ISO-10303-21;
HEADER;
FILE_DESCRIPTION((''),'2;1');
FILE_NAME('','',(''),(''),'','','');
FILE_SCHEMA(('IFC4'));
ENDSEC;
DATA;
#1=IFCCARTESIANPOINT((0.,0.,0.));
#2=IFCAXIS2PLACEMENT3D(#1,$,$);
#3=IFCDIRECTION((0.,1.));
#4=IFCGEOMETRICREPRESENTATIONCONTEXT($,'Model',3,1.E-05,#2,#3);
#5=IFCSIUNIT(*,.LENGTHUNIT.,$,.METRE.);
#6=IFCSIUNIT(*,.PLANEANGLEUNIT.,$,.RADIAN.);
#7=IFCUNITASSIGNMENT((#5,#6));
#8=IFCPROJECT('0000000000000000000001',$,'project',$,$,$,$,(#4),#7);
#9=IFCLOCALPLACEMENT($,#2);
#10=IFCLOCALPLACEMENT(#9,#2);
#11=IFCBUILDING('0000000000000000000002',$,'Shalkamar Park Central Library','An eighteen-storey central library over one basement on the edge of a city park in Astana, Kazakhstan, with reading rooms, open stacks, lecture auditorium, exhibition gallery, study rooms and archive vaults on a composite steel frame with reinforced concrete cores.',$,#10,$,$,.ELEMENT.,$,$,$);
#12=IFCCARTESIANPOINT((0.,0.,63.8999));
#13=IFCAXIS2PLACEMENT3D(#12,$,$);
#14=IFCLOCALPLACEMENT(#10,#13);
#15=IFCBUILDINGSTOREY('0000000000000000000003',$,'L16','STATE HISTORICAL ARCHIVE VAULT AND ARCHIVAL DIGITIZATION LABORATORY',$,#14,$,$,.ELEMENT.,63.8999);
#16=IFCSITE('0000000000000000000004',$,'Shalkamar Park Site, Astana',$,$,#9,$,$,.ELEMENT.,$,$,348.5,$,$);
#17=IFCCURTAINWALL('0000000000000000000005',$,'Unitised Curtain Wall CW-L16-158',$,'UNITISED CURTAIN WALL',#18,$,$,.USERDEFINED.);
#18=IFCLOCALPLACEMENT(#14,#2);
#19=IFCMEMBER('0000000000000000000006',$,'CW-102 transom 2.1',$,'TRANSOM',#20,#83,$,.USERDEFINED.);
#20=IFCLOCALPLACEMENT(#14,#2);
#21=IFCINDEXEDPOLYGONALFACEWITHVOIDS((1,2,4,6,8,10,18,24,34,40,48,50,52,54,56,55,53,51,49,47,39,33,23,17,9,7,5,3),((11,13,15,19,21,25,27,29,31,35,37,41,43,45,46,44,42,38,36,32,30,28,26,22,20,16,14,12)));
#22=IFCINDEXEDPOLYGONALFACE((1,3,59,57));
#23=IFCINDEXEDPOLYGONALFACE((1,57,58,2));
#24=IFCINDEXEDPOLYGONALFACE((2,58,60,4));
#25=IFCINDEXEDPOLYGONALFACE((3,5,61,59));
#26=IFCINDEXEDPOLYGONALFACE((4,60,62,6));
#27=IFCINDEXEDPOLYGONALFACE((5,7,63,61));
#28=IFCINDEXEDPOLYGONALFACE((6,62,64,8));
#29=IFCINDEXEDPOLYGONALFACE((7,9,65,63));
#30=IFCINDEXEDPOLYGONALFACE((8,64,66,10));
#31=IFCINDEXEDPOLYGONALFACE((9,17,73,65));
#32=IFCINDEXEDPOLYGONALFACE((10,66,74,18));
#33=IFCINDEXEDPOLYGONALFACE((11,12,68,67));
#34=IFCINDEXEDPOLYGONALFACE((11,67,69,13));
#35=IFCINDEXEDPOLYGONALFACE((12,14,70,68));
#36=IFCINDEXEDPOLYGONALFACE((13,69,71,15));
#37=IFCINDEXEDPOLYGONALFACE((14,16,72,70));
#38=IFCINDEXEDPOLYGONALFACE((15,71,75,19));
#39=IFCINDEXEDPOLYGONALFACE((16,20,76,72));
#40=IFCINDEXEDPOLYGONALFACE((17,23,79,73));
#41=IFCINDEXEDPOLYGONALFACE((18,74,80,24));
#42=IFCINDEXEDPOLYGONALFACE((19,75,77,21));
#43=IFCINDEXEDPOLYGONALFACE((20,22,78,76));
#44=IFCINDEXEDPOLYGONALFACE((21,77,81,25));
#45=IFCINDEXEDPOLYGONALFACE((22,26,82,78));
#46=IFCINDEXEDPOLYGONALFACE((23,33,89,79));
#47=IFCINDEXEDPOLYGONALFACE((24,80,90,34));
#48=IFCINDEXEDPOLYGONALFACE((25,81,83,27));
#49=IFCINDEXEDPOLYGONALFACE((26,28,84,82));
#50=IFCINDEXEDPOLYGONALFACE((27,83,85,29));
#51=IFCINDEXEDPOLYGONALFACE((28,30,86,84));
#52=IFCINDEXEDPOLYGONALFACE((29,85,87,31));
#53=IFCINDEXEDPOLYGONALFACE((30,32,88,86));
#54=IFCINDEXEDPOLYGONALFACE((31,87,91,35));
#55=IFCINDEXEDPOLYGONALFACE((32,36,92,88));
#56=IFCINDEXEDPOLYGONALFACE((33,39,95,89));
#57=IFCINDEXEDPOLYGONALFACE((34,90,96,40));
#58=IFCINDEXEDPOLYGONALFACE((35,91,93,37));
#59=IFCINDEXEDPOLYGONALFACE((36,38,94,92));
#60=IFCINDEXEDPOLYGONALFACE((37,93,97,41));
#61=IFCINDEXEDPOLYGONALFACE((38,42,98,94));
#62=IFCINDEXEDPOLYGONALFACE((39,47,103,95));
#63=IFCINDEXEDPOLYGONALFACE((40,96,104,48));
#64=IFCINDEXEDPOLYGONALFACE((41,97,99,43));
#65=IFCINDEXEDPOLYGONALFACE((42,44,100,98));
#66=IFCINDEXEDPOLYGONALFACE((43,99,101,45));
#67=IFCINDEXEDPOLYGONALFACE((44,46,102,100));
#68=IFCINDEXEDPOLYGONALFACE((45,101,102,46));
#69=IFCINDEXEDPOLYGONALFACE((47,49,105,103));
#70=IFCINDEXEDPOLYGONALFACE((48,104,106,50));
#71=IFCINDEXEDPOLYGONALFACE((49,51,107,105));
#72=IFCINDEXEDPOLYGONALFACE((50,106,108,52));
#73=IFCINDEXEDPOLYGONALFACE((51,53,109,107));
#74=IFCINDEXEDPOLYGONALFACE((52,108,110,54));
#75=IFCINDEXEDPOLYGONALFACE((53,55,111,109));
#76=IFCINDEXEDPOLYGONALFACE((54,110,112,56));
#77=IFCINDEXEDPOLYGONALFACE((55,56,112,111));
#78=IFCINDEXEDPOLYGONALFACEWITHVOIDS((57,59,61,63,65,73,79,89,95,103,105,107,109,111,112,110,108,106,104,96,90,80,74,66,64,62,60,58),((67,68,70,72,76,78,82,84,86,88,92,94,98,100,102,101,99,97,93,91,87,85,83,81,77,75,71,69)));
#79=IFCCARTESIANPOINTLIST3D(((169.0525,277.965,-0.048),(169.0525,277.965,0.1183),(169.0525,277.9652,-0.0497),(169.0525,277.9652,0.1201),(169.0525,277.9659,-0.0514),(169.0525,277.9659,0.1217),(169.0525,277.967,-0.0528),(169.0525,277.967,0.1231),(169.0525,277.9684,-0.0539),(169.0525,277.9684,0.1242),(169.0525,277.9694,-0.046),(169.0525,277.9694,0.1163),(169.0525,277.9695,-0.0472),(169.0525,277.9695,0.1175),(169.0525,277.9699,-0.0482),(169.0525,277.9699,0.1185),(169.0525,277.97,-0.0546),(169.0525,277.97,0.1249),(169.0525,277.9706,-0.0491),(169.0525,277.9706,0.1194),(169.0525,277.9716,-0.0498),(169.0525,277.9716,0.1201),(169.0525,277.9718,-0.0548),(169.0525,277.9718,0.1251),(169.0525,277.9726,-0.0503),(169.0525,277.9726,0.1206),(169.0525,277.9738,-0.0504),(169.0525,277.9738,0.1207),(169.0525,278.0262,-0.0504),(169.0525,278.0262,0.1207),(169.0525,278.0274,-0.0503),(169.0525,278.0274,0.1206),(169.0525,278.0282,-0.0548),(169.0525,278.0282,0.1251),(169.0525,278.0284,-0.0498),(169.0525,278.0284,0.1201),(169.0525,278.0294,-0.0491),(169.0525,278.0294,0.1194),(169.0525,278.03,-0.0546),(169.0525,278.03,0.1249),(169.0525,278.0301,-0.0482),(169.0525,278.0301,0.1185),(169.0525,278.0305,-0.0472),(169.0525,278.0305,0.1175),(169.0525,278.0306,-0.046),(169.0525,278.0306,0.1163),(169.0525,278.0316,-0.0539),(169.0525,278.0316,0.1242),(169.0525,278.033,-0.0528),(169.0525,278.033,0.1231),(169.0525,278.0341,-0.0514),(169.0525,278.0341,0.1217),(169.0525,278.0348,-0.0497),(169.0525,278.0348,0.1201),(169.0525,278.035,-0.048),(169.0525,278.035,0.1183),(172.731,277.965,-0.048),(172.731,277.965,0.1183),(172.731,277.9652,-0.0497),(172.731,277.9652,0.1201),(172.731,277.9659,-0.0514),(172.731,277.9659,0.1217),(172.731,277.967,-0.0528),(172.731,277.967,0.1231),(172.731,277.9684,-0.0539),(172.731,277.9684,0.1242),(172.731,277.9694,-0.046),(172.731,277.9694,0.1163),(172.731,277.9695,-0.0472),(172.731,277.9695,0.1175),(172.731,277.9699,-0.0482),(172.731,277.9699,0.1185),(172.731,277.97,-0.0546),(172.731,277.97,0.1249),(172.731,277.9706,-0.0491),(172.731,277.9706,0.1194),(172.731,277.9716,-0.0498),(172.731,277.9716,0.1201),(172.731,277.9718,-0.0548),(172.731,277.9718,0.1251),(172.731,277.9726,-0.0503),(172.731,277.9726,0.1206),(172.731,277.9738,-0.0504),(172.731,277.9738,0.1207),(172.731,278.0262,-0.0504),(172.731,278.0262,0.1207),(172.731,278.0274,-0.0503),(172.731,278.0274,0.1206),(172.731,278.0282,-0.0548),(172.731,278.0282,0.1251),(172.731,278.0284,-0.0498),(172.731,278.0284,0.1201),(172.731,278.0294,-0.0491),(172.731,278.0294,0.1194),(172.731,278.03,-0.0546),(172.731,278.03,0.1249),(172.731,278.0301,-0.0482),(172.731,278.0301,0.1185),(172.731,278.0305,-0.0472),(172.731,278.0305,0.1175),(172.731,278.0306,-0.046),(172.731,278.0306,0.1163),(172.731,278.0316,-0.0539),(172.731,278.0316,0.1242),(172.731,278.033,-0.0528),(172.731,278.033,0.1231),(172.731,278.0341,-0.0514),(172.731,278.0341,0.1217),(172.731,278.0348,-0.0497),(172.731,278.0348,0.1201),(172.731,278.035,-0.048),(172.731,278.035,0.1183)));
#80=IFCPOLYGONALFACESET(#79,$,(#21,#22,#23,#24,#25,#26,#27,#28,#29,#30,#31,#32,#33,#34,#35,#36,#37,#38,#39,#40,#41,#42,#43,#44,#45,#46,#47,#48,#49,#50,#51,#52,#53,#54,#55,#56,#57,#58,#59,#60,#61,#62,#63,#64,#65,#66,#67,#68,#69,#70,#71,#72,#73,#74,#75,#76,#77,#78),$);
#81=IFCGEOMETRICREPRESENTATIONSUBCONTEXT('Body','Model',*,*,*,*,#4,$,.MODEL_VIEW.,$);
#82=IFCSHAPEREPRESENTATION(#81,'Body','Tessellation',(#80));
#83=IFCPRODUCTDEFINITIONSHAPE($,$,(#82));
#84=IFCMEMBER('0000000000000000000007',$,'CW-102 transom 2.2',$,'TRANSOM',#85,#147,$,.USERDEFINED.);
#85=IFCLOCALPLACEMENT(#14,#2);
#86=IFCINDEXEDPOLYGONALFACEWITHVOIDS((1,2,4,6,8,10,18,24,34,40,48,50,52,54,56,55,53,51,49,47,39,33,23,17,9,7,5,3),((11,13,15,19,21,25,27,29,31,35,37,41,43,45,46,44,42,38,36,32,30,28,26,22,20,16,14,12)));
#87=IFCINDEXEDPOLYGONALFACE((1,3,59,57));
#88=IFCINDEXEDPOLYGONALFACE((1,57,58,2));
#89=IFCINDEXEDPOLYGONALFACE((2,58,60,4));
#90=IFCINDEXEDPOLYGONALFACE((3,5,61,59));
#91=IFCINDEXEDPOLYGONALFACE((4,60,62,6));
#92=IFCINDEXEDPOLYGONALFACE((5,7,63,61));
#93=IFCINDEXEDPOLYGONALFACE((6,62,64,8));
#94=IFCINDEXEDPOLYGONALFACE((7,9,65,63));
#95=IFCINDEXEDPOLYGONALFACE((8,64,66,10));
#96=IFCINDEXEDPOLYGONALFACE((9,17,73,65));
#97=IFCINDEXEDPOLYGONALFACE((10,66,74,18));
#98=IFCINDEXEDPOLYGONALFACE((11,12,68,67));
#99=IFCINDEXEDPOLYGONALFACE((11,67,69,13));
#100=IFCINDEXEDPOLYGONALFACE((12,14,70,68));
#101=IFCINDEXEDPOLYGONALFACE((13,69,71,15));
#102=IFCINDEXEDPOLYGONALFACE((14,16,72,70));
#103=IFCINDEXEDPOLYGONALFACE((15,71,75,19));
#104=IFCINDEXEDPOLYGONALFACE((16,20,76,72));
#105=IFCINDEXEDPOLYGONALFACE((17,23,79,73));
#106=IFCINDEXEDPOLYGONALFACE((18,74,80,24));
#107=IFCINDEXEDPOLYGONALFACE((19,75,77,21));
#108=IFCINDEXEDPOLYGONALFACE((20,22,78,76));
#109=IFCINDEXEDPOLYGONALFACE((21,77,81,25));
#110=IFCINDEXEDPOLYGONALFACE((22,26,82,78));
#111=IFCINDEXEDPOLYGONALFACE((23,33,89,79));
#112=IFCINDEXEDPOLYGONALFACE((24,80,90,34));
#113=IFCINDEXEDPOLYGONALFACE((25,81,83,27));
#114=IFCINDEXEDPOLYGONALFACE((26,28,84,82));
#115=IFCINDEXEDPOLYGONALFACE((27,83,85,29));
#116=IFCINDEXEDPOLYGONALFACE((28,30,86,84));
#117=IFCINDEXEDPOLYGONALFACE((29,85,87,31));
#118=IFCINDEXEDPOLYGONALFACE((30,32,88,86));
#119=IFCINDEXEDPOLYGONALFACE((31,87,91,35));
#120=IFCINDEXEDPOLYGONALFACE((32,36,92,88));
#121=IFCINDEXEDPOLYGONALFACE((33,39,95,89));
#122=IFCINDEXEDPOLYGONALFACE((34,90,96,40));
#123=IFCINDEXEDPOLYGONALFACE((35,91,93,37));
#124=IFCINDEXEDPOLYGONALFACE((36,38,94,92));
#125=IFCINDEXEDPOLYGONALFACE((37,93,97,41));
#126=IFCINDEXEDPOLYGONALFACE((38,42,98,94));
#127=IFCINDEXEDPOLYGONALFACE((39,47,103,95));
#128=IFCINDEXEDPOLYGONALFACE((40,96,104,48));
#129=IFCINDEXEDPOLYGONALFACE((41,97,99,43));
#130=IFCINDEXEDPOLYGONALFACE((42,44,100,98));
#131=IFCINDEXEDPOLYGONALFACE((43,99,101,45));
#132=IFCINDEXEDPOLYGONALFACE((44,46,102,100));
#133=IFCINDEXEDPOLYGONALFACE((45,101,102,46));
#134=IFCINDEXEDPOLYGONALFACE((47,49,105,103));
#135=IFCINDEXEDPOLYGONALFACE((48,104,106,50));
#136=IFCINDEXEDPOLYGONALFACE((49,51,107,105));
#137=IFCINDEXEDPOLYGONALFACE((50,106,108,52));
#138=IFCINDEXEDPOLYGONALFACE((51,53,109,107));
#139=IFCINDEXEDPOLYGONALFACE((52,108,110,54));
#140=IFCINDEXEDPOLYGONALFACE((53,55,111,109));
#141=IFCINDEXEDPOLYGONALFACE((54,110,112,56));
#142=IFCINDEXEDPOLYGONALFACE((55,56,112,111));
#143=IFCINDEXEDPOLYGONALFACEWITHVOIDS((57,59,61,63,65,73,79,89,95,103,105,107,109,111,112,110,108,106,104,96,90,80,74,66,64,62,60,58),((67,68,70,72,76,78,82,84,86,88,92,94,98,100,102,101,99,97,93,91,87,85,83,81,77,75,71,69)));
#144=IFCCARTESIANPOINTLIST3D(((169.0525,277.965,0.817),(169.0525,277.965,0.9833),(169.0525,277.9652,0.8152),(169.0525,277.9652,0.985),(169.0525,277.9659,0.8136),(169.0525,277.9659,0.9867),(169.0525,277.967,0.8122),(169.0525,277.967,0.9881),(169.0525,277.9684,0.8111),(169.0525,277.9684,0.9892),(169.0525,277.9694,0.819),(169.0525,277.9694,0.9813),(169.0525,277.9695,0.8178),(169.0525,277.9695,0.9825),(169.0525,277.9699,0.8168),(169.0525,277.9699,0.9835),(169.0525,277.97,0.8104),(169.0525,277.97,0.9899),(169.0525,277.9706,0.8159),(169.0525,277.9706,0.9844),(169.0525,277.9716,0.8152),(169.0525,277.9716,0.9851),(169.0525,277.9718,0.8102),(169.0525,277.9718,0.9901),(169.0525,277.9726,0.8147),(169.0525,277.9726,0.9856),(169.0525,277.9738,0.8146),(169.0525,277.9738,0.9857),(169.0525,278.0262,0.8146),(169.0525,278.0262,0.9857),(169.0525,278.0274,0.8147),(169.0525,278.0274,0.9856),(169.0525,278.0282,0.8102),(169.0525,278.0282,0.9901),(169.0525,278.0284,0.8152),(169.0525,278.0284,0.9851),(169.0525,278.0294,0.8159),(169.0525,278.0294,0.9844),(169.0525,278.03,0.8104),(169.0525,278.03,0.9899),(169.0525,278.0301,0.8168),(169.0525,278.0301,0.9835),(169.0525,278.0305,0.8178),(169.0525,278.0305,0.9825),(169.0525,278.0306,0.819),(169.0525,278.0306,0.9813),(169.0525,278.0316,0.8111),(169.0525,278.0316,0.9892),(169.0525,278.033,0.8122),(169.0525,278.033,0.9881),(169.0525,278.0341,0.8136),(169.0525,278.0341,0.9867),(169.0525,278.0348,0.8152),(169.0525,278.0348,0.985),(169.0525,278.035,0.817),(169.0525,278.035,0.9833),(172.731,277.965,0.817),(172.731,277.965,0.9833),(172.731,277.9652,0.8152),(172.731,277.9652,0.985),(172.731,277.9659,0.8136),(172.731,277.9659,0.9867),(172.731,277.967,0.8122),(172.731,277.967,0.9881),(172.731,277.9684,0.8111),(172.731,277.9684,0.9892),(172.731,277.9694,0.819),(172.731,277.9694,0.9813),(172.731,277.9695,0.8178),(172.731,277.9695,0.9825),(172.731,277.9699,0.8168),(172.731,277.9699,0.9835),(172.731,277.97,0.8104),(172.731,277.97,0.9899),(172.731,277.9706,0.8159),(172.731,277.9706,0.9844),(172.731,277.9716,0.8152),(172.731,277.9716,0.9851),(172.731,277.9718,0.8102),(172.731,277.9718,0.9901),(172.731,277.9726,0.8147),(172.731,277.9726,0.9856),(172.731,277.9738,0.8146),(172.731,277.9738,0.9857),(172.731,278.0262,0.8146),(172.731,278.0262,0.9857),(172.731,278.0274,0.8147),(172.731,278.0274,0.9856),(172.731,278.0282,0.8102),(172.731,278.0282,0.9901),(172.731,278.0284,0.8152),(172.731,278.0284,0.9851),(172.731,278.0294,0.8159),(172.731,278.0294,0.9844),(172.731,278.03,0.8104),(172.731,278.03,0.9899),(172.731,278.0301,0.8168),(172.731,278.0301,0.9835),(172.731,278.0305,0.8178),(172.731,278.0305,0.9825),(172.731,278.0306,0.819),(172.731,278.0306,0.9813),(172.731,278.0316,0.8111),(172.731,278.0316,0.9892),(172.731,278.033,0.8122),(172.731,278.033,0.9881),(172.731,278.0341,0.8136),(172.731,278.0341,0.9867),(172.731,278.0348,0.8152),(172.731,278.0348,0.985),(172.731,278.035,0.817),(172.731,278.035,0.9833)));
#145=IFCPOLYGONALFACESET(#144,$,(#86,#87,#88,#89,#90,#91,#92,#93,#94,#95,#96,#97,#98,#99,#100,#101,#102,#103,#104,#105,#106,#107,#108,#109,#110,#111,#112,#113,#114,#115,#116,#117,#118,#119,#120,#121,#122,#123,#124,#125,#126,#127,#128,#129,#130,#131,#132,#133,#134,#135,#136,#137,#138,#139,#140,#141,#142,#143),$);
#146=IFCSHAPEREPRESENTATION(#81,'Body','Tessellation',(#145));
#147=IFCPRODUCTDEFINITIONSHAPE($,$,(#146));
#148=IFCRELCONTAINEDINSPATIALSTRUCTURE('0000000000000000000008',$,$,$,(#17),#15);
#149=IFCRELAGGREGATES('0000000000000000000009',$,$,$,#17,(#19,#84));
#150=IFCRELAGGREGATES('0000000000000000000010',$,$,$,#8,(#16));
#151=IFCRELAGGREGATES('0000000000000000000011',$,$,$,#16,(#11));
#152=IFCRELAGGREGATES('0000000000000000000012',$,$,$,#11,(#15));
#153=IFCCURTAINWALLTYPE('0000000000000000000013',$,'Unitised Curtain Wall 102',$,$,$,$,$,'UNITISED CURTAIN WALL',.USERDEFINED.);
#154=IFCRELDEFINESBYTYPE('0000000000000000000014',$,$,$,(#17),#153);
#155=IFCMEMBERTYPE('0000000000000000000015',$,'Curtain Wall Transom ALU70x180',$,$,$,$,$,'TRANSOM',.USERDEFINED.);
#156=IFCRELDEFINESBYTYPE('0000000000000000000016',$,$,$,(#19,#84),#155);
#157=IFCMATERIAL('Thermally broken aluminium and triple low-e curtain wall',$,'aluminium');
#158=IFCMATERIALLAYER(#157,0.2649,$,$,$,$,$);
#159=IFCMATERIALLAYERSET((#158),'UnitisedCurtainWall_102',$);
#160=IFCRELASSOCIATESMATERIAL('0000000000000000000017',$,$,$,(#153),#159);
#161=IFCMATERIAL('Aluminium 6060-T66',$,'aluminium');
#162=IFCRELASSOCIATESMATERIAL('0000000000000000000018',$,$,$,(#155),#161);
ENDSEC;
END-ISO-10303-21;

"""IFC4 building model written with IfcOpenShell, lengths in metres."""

from ifc_helpers import new_model, si_unit, direction, frame, origin, origin_2d, place, context, subcontext, project, spatial, hollow_rectangle, extrude, material, layer, layer_set, material_profile, profile_set, type_object, element, aggregate, save


model = new_model("IFC4")

# Units and contexts
model_context = context("Model", 3, precision=1e-05, world=origin(), true_north=direction((0.0, 1.0)))
body_context = subcontext(model_context, "Body", "Model", "MODEL_VIEW")
ifc_project = project(units=[si_unit("LENGTHUNIT", "METRE"), si_unit("PLANEANGLEUNIT", "RADIAN")], contexts=[model_context])

# Site, building, storey
site_placement = place(None, origin())
site = spatial("IfcSite", under=ifc_project, at=site_placement, Name="Shalkamar Park Site, Astana", CompositionType="ELEMENT", RefElevation=348.5)
building_placement = place(site_placement, origin())
building = spatial("IfcBuilding", under=site, at=building_placement, Name="Shalkamar Park Central Library", Description="An eighteen-storey central library over one basement on the edge of a city park in Astana, Kazakhstan, with reading rooms, open stacks, lecture auditorium, exhibition gallery, study rooms and archive vaults on a composite steel frame with reinforced concrete cores.", CompositionType="ELEMENT")
storey_placement = place(building_placement, frame((0.0, 0.0, 63.8999)))
storey = spatial("IfcBuildingStorey", under=building, at=storey_placement, Name="L16", Description="STATE HISTORICAL ARCHIVE VAULT AND ARCHIVAL DIGITIZATION LABORATORY", CompositionType="ELEMENT", Elevation=63.8999)

# Curtain wall
ifc_material_1 = material(Name="Thermally broken aluminium and triple low-e curtain wall", Category="aluminium")
ifc_layer_1 = layer(ifc_material_1, 0.2649)
ifc_layer_set_1 = layer_set([ifc_layer_1], Name="UnitisedCurtainWall_102")
curtain_wall_type_1 = type_object("IfcCurtainWallType", Name="Unitised Curtain Wall 102", ElementType="UNITISED CURTAIN WALL", PredefinedType="USERDEFINED", material=ifc_layer_set_1)
curtain_wall_1_placement = place(storey_placement, origin())
curtain_wall_1 = element("IfcCurtainWall", 1, at=curtain_wall_1_placement, inside=storey, type_object=curtain_wall_type_1, Name="Unitised Curtain Wall CW-L16-158", ObjectType="UNITISED CURTAIN WALL", PredefinedType="USERDEFINED")
ifc_material_2 = material(Name="Aluminium 6060-T66", Category="aluminium")

# Members
ifc_material_profile_1 = material_profile(ifc_material_2, hollow_rectangle(XDim=0.0701, YDim=0.1799, WallThickness=0.0044, InnerFilletRadius=0.0044, OuterFilletRadius=0.0068, at=origin_2d()), Name="ALU 70x180x4.5")
ifc_profile_set_1 = profile_set([ifc_material_profile_1], Name="Aluminium 6060-T66")
member_type_1 = type_object("IfcMemberType", Name="Curtain Wall Transom ALU70x180", ElementType="TRANSOM", PredefinedType="USERDEFINED", material=ifc_profile_set_1)
member_1_placement = place(storey_placement, frame((169.0525, 278.0, 0.0352), z_axis=(1.0, 0.0, 0.0), x_axis=(0.0, 1.0, 0.0)))
member_1 = element("IfcMember", 2, at=member_1_placement, type_object=member_type_1, Name="CW-102 transom 2.1", ObjectType="TRANSOM", PredefinedType="USERDEFINED", context=body_context, shape_type="SweptSolid", body=[
    extrude(hollow_rectangle(XDim=0.0701, YDim=0.1799, WallThickness=0.0044, InnerFilletRadius=0.0044, OuterFilletRadius=0.0068, at=origin_2d()), origin(), (0.0, 0.0, 1.0), 3.6785),
])
member_2_placement = place(storey_placement, frame((169.0525, 278.0, 0.9001), z_axis=(1.0, 0.0, 0.0), x_axis=(0.0, 1.0, 0.0)))
member_2 = element("IfcMember", 3, at=member_2_placement, type_object=member_type_1, Name="CW-102 transom 2.2", ObjectType="TRANSOM", PredefinedType="USERDEFINED", context=body_context, shape_type="SweptSolid", body=[
    extrude(hollow_rectangle(XDim=0.0701, YDim=0.1799, WallThickness=0.0044, InnerFilletRadius=0.0044, OuterFilletRadius=0.0068, at=origin_2d()), origin(), (0.0, 0.0, 1.0), 3.6785),
])

aggregate(curtain_wall_1, [member_1, member_2])

save(model, "model.ifc")
